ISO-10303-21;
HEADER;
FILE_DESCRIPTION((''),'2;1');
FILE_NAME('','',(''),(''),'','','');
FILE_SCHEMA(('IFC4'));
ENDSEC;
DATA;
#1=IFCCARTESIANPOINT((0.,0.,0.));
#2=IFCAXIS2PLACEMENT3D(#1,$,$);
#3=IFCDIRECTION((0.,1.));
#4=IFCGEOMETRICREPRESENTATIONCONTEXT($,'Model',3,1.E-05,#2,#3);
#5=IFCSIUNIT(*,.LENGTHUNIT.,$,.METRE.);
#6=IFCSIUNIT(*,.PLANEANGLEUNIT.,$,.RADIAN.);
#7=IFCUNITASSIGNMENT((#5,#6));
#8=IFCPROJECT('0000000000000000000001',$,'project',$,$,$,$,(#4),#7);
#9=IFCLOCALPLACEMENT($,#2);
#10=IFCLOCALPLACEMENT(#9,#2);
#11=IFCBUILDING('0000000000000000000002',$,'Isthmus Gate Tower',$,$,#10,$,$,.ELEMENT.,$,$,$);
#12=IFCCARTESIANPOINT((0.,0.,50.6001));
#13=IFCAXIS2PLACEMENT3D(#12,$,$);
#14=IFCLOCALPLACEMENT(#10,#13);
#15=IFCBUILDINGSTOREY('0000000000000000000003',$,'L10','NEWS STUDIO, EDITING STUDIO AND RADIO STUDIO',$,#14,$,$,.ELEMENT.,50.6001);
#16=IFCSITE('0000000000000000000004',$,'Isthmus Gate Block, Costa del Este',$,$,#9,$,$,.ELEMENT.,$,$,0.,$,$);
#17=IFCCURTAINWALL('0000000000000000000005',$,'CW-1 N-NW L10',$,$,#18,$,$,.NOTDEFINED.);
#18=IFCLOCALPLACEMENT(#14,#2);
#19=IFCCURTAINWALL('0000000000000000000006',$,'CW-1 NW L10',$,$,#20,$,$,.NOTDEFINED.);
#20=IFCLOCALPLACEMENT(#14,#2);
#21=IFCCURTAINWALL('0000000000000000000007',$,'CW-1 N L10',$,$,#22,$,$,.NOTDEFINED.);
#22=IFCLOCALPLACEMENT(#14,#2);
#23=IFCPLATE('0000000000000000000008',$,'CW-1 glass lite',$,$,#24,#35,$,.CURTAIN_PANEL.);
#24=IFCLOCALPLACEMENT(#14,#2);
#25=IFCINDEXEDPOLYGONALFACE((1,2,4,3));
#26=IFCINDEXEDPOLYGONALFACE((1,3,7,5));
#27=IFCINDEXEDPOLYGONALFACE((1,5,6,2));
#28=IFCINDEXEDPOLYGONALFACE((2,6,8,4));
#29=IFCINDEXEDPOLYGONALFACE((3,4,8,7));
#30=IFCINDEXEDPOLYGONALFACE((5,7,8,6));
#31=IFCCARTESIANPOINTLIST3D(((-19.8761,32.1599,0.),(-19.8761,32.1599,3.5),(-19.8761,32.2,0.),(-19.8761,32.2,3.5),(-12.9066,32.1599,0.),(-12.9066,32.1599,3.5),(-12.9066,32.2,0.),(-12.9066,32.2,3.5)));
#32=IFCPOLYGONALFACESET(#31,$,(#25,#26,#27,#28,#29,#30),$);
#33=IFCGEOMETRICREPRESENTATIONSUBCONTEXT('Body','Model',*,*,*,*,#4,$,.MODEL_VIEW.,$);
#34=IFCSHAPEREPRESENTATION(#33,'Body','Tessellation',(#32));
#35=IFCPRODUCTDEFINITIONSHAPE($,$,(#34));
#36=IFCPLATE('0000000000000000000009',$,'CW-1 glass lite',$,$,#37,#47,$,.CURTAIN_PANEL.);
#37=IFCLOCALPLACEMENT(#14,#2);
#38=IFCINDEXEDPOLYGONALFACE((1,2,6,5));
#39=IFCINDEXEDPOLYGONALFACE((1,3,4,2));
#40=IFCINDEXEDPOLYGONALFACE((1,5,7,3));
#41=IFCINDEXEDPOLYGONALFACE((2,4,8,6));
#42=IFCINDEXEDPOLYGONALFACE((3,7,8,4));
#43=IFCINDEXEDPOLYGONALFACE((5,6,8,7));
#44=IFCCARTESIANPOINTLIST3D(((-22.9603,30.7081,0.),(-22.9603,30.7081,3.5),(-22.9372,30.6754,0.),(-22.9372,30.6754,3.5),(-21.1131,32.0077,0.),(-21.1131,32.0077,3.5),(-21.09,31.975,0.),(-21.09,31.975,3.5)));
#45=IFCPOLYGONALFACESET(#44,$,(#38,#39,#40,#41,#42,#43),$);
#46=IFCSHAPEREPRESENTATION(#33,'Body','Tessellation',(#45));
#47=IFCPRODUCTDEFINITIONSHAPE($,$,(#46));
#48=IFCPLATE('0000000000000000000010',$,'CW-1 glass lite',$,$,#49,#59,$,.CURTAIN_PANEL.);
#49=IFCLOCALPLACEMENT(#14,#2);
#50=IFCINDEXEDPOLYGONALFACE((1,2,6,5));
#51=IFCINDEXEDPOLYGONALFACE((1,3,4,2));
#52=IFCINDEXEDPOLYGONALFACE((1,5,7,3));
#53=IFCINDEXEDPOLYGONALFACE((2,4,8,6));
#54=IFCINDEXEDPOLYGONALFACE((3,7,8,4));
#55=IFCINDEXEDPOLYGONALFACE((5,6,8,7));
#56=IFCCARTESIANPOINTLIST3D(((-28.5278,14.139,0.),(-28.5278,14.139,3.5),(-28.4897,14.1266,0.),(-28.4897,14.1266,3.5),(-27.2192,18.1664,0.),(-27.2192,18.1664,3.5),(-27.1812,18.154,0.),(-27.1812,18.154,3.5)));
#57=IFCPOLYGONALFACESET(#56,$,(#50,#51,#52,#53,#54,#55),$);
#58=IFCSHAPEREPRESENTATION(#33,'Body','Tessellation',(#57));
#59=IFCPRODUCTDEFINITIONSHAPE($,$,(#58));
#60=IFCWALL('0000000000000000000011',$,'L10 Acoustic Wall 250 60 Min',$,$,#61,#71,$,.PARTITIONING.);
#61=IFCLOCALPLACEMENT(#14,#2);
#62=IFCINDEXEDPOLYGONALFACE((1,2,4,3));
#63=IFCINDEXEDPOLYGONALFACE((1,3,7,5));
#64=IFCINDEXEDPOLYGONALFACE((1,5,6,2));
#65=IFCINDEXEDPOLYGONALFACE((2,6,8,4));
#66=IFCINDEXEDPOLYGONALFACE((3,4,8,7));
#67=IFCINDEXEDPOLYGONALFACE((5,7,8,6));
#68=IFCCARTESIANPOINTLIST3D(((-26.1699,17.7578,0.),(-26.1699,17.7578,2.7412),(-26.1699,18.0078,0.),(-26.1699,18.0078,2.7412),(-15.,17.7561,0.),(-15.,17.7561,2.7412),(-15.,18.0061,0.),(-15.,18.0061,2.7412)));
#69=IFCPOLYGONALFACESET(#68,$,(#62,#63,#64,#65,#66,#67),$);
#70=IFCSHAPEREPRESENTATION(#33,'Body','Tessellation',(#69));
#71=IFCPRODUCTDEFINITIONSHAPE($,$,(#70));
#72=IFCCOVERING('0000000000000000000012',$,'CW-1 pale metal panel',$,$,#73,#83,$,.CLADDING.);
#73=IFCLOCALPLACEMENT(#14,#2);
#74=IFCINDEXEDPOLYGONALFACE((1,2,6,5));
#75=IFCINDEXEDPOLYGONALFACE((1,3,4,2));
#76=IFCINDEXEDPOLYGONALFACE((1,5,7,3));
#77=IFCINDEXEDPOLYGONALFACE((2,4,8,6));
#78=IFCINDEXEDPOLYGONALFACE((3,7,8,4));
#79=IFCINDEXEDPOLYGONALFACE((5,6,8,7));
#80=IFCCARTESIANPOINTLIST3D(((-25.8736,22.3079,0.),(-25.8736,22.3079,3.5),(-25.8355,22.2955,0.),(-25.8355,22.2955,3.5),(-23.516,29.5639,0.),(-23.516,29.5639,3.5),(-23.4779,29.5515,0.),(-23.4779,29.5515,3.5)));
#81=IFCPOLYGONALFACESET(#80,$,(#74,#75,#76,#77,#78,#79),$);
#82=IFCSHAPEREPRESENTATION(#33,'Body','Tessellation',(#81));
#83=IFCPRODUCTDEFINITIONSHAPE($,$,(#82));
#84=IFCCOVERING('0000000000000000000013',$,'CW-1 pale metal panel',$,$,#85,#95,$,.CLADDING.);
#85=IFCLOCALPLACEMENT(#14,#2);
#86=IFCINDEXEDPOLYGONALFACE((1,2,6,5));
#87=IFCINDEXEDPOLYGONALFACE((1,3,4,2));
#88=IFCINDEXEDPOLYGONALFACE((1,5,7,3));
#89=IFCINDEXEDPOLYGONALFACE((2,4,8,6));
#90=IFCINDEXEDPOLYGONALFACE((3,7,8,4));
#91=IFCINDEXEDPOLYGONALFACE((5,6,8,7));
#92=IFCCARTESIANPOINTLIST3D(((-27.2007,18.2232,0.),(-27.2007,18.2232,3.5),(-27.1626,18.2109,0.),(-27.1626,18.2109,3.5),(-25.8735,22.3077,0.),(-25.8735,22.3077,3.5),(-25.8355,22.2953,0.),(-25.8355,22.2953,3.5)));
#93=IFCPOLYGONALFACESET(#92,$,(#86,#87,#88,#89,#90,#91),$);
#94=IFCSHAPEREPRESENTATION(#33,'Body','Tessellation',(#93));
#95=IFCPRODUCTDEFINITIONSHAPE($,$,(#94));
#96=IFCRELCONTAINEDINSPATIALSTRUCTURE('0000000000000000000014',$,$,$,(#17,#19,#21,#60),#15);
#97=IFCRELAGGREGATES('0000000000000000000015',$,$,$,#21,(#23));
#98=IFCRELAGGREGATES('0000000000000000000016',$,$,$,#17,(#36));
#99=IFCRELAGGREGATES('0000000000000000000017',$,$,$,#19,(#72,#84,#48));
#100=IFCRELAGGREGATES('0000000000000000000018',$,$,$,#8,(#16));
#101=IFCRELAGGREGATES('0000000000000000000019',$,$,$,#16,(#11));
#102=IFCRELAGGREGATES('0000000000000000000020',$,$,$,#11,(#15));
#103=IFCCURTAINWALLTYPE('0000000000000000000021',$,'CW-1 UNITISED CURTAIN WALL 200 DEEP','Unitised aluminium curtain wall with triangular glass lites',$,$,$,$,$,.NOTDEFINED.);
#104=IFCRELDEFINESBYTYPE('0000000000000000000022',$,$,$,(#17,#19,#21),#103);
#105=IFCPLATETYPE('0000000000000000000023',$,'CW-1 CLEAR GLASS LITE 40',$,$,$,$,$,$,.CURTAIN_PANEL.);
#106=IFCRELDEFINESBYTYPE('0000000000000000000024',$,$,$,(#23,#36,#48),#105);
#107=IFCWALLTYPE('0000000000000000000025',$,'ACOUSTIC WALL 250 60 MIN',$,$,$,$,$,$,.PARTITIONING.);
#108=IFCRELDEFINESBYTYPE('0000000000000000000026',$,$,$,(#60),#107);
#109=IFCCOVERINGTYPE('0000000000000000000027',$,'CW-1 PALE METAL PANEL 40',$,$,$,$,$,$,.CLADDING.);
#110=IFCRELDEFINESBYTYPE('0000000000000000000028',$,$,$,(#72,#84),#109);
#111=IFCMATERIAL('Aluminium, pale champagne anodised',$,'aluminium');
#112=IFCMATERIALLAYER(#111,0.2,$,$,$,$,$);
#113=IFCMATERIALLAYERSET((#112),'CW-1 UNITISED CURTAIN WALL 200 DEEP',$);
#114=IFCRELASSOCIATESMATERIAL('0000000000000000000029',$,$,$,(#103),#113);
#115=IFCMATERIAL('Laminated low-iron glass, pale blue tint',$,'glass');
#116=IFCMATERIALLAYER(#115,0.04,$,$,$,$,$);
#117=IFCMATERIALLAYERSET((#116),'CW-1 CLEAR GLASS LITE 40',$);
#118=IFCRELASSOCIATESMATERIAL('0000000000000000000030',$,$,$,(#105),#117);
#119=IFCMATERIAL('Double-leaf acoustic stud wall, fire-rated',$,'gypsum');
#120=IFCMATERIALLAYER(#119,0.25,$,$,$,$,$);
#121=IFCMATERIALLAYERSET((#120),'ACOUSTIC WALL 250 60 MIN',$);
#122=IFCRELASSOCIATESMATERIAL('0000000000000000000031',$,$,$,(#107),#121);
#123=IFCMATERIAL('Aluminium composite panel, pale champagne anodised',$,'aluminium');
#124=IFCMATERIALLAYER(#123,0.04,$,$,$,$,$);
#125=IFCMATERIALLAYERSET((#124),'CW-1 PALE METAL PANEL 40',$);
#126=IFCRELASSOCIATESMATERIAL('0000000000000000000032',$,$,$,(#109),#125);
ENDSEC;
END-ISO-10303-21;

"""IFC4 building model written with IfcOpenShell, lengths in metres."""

from ifc_helpers import new_model, si_unit, direction, frame, frame_2d, origin, origin_2d, place, context, subcontext, project, spatial, rectangle, extrude, material, layer, layer_set, type_object, element, aggregate, save


model = new_model("IFC4")

# Units and contexts
model_context = context("Model", 3, precision=1e-05, world=origin(), true_north=direction((0.0, 1.0)))
body_context = subcontext(model_context, "Body", "Model", "MODEL_VIEW")
ifc_project = project(units=[si_unit("LENGTHUNIT", "METRE"), si_unit("PLANEANGLEUNIT", "RADIAN")], contexts=[model_context])

# Site, building, storey
site_placement = place(None, origin())
site = spatial("IfcSite", under=ifc_project, at=site_placement, Name="Isthmus Gate Block, Costa del Este", CompositionType="ELEMENT", RefElevation=0.0)
building_placement = place(site_placement, origin())
building = spatial("IfcBuilding", under=site, at=building_placement, Name="Isthmus Gate Tower", CompositionType="ELEMENT")
storey_placement = place(building_placement, frame((0.0, 0.0, 50.6001)))
storey = spatial("IfcBuildingStorey", under=building, at=storey_placement, Name="L10", Description="NEWS STUDIO, EDITING STUDIO AND RADIO STUDIO", CompositionType="ELEMENT", Elevation=50.6001)

# Curtain wall
ifc_material_1 = material(Name="Aluminium, pale champagne anodised", Category="aluminium")
ifc_layer_1 = layer(ifc_material_1, 0.2)
ifc_layer_set_1 = layer_set([ifc_layer_1], Name="CW-1 UNITISED CURTAIN WALL 200 DEEP")
curtain_wall_type = type_object("IfcCurtainWallType", Name="CW-1 UNITISED CURTAIN WALL 200 DEEP", Description="Unitised aluminium curtain wall with triangular glass lites", PredefinedType="NOTDEFINED", material=ifc_layer_set_1)
curtain_wall_1_placement = place(storey_placement, origin())
curtain_wall_1 = element("IfcCurtainWall", 1, at=curtain_wall_1_placement, inside=storey, type_object=curtain_wall_type, Name="CW-1 N-NW L10", PredefinedType="NOTDEFINED")

# Curtain wall
curtain_wall_2_placement = place(storey_placement, origin())
curtain_wall_2 = element("IfcCurtainWall", 2, at=curtain_wall_2_placement, inside=storey, type_object=curtain_wall_type, Name="CW-1 NW L10", PredefinedType="NOTDEFINED")

# Curtain wall, plate
curtain_wall_3_placement = place(storey_placement, origin())
curtain_wall_3 = element("IfcCurtainWall", 3, at=curtain_wall_3_placement, inside=storey, type_object=curtain_wall_type, Name="CW-1 N L10", PredefinedType="NOTDEFINED")
ifc_material_2 = material(Name="Laminated low-iron glass, pale blue tint", Category="glass")
ifc_layer_2 = layer(ifc_material_2, 0.04)
ifc_layer_set_2 = layer_set([ifc_layer_2], Name="CW-1 CLEAR GLASS LITE 40")
plate_type = type_object("IfcPlateType", Name="CW-1 CLEAR GLASS LITE 40", PredefinedType="CURTAIN_PANEL", material=ifc_layer_set_2)
plate_1_placement = place(storey_placement, frame((-16.3914, 32.1799, 0.0), z_axis=(0.0, 0.0, 1.0), x_axis=(-1.0, 0.0, 0.0)))
plate_1 = element("IfcPlate", 4, at=plate_1_placement, type_object=plate_type, Name="CW-1 glass lite", PredefinedType="CURTAIN_PANEL", context=body_context, shape_type="SweptSolid", body=[
    extrude(rectangle(XDim=6.9695, YDim=0.04, at=origin_2d()), origin(), (0.0, 0.0, 1.0), 3.5),
])
aggregate(curtain_wall_3, [plate_1])

# Plates
plate_2_placement = place(storey_placement, frame((-22.0251, 31.3416, 0.0), z_axis=(0.0, 0.0, 1.0), x_axis=(-0.81786, -0.575418, 0.0)))
plate_2 = element("IfcPlate", 5, at=plate_2_placement, type_object=plate_type, Name="CW-1 glass lite", PredefinedType="CURTAIN_PANEL", context=body_context, shape_type="SweptSolid", body=[
    extrude(rectangle(XDim=2.2585, YDim=0.04, at=origin_2d()), origin(), (0.0, 0.0, 1.0), 3.5),
])
aggregate(curtain_wall_1, [plate_2])
plate_3_placement = place(storey_placement, frame((-27.8545, 16.1465, 0.0), z_axis=(0.0, 0.0, 1.0), x_axis=(-0.309017, -0.951057, 0.0)))
plate_3 = element("IfcPlate", 6, at=plate_3_placement, type_object=plate_type, Name="CW-1 glass lite", PredefinedType="CURTAIN_PANEL", context=body_context, shape_type="SweptSolid", body=[
    extrude(rectangle(XDim=4.2346, YDim=0.04, at=origin_2d()), origin(), (0.0, 0.0, 1.0), 3.5),
])

# Wall
ifc_material_3 = material(Name="Double-leaf acoustic stud wall, fire-rated", Category="gypsum")
ifc_layer_3 = layer(ifc_material_3, 0.25)
ifc_layer_set_3 = layer_set([ifc_layer_3], Name="ACOUSTIC WALL 250 60 MIN")
wall_type = type_object("IfcWallType", Name="ACOUSTIC WALL 250 60 MIN", PredefinedType="PARTITIONING", material=ifc_layer_set_3)
wall_placement = place(storey_placement, frame((-26.1699, 17.8828, 0.0), z_axis=(0.0, 0.0, 1.0), x_axis=(1.0, -0.000153, 0.0)))
element("IfcWall", 7, at=wall_placement, inside=storey, type_object=wall_type, Name="L10 Acoustic Wall 250 60 Min", PredefinedType="PARTITIONING", context=body_context, shape_type="SweptSolid", body=[
    extrude(rectangle(XDim=11.1699, YDim=0.25, at=frame_2d((5.585, 0.0))), origin(), (0.0, 0.0, 1.0), 2.7412),
])

# Coverings
ifc_material_4 = material(Name="Aluminium composite panel, pale champagne anodised", Category="aluminium")
ifc_layer_4 = layer(ifc_material_4, 0.04)
ifc_layer_set_4 = layer_set([ifc_layer_4], Name="CW-1 PALE METAL PANEL 40")
covering_type = type_object("IfcCoveringType", Name="CW-1 PALE METAL PANEL 40", PredefinedType="CLADDING", material=ifc_layer_set_4)
covering_1_placement = place(storey_placement, frame((-24.6758, 25.9297, 0.0), z_axis=(0.0, 0.0, 1.0), x_axis=(-0.309017, -0.951057, 0.0)))
covering_1 = element("IfcCovering", 8, at=covering_1_placement, type_object=covering_type, Name="CW-1 pale metal panel", PredefinedType="CLADDING", context=body_context, shape_type="SweptSolid", body=[
    extrude(rectangle(XDim=7.6294, YDim=0.04, at=origin_2d()), origin(), (0.0, 0.0, 1.0), 3.5),
])
covering_2_placement = place(storey_placement, frame((-26.5181, 20.2593, 0.0), z_axis=(0.0, 0.0, 1.0), x_axis=(-0.309017, -0.951057, 0.0)))
covering_2 = element("IfcCovering", 9, at=covering_2_placement, type_object=covering_type, Name="CW-1 pale metal panel", PredefinedType="CLADDING", context=body_context, shape_type="SweptSolid", body=[
    extrude(rectangle(XDim=4.2947, YDim=0.04, at=origin_2d()), origin(), (0.0, 0.0, 1.0), 3.5),
])
aggregate(curtain_wall_2, [covering_1, covering_2, plate_3])

save(model, "model.ifc")
